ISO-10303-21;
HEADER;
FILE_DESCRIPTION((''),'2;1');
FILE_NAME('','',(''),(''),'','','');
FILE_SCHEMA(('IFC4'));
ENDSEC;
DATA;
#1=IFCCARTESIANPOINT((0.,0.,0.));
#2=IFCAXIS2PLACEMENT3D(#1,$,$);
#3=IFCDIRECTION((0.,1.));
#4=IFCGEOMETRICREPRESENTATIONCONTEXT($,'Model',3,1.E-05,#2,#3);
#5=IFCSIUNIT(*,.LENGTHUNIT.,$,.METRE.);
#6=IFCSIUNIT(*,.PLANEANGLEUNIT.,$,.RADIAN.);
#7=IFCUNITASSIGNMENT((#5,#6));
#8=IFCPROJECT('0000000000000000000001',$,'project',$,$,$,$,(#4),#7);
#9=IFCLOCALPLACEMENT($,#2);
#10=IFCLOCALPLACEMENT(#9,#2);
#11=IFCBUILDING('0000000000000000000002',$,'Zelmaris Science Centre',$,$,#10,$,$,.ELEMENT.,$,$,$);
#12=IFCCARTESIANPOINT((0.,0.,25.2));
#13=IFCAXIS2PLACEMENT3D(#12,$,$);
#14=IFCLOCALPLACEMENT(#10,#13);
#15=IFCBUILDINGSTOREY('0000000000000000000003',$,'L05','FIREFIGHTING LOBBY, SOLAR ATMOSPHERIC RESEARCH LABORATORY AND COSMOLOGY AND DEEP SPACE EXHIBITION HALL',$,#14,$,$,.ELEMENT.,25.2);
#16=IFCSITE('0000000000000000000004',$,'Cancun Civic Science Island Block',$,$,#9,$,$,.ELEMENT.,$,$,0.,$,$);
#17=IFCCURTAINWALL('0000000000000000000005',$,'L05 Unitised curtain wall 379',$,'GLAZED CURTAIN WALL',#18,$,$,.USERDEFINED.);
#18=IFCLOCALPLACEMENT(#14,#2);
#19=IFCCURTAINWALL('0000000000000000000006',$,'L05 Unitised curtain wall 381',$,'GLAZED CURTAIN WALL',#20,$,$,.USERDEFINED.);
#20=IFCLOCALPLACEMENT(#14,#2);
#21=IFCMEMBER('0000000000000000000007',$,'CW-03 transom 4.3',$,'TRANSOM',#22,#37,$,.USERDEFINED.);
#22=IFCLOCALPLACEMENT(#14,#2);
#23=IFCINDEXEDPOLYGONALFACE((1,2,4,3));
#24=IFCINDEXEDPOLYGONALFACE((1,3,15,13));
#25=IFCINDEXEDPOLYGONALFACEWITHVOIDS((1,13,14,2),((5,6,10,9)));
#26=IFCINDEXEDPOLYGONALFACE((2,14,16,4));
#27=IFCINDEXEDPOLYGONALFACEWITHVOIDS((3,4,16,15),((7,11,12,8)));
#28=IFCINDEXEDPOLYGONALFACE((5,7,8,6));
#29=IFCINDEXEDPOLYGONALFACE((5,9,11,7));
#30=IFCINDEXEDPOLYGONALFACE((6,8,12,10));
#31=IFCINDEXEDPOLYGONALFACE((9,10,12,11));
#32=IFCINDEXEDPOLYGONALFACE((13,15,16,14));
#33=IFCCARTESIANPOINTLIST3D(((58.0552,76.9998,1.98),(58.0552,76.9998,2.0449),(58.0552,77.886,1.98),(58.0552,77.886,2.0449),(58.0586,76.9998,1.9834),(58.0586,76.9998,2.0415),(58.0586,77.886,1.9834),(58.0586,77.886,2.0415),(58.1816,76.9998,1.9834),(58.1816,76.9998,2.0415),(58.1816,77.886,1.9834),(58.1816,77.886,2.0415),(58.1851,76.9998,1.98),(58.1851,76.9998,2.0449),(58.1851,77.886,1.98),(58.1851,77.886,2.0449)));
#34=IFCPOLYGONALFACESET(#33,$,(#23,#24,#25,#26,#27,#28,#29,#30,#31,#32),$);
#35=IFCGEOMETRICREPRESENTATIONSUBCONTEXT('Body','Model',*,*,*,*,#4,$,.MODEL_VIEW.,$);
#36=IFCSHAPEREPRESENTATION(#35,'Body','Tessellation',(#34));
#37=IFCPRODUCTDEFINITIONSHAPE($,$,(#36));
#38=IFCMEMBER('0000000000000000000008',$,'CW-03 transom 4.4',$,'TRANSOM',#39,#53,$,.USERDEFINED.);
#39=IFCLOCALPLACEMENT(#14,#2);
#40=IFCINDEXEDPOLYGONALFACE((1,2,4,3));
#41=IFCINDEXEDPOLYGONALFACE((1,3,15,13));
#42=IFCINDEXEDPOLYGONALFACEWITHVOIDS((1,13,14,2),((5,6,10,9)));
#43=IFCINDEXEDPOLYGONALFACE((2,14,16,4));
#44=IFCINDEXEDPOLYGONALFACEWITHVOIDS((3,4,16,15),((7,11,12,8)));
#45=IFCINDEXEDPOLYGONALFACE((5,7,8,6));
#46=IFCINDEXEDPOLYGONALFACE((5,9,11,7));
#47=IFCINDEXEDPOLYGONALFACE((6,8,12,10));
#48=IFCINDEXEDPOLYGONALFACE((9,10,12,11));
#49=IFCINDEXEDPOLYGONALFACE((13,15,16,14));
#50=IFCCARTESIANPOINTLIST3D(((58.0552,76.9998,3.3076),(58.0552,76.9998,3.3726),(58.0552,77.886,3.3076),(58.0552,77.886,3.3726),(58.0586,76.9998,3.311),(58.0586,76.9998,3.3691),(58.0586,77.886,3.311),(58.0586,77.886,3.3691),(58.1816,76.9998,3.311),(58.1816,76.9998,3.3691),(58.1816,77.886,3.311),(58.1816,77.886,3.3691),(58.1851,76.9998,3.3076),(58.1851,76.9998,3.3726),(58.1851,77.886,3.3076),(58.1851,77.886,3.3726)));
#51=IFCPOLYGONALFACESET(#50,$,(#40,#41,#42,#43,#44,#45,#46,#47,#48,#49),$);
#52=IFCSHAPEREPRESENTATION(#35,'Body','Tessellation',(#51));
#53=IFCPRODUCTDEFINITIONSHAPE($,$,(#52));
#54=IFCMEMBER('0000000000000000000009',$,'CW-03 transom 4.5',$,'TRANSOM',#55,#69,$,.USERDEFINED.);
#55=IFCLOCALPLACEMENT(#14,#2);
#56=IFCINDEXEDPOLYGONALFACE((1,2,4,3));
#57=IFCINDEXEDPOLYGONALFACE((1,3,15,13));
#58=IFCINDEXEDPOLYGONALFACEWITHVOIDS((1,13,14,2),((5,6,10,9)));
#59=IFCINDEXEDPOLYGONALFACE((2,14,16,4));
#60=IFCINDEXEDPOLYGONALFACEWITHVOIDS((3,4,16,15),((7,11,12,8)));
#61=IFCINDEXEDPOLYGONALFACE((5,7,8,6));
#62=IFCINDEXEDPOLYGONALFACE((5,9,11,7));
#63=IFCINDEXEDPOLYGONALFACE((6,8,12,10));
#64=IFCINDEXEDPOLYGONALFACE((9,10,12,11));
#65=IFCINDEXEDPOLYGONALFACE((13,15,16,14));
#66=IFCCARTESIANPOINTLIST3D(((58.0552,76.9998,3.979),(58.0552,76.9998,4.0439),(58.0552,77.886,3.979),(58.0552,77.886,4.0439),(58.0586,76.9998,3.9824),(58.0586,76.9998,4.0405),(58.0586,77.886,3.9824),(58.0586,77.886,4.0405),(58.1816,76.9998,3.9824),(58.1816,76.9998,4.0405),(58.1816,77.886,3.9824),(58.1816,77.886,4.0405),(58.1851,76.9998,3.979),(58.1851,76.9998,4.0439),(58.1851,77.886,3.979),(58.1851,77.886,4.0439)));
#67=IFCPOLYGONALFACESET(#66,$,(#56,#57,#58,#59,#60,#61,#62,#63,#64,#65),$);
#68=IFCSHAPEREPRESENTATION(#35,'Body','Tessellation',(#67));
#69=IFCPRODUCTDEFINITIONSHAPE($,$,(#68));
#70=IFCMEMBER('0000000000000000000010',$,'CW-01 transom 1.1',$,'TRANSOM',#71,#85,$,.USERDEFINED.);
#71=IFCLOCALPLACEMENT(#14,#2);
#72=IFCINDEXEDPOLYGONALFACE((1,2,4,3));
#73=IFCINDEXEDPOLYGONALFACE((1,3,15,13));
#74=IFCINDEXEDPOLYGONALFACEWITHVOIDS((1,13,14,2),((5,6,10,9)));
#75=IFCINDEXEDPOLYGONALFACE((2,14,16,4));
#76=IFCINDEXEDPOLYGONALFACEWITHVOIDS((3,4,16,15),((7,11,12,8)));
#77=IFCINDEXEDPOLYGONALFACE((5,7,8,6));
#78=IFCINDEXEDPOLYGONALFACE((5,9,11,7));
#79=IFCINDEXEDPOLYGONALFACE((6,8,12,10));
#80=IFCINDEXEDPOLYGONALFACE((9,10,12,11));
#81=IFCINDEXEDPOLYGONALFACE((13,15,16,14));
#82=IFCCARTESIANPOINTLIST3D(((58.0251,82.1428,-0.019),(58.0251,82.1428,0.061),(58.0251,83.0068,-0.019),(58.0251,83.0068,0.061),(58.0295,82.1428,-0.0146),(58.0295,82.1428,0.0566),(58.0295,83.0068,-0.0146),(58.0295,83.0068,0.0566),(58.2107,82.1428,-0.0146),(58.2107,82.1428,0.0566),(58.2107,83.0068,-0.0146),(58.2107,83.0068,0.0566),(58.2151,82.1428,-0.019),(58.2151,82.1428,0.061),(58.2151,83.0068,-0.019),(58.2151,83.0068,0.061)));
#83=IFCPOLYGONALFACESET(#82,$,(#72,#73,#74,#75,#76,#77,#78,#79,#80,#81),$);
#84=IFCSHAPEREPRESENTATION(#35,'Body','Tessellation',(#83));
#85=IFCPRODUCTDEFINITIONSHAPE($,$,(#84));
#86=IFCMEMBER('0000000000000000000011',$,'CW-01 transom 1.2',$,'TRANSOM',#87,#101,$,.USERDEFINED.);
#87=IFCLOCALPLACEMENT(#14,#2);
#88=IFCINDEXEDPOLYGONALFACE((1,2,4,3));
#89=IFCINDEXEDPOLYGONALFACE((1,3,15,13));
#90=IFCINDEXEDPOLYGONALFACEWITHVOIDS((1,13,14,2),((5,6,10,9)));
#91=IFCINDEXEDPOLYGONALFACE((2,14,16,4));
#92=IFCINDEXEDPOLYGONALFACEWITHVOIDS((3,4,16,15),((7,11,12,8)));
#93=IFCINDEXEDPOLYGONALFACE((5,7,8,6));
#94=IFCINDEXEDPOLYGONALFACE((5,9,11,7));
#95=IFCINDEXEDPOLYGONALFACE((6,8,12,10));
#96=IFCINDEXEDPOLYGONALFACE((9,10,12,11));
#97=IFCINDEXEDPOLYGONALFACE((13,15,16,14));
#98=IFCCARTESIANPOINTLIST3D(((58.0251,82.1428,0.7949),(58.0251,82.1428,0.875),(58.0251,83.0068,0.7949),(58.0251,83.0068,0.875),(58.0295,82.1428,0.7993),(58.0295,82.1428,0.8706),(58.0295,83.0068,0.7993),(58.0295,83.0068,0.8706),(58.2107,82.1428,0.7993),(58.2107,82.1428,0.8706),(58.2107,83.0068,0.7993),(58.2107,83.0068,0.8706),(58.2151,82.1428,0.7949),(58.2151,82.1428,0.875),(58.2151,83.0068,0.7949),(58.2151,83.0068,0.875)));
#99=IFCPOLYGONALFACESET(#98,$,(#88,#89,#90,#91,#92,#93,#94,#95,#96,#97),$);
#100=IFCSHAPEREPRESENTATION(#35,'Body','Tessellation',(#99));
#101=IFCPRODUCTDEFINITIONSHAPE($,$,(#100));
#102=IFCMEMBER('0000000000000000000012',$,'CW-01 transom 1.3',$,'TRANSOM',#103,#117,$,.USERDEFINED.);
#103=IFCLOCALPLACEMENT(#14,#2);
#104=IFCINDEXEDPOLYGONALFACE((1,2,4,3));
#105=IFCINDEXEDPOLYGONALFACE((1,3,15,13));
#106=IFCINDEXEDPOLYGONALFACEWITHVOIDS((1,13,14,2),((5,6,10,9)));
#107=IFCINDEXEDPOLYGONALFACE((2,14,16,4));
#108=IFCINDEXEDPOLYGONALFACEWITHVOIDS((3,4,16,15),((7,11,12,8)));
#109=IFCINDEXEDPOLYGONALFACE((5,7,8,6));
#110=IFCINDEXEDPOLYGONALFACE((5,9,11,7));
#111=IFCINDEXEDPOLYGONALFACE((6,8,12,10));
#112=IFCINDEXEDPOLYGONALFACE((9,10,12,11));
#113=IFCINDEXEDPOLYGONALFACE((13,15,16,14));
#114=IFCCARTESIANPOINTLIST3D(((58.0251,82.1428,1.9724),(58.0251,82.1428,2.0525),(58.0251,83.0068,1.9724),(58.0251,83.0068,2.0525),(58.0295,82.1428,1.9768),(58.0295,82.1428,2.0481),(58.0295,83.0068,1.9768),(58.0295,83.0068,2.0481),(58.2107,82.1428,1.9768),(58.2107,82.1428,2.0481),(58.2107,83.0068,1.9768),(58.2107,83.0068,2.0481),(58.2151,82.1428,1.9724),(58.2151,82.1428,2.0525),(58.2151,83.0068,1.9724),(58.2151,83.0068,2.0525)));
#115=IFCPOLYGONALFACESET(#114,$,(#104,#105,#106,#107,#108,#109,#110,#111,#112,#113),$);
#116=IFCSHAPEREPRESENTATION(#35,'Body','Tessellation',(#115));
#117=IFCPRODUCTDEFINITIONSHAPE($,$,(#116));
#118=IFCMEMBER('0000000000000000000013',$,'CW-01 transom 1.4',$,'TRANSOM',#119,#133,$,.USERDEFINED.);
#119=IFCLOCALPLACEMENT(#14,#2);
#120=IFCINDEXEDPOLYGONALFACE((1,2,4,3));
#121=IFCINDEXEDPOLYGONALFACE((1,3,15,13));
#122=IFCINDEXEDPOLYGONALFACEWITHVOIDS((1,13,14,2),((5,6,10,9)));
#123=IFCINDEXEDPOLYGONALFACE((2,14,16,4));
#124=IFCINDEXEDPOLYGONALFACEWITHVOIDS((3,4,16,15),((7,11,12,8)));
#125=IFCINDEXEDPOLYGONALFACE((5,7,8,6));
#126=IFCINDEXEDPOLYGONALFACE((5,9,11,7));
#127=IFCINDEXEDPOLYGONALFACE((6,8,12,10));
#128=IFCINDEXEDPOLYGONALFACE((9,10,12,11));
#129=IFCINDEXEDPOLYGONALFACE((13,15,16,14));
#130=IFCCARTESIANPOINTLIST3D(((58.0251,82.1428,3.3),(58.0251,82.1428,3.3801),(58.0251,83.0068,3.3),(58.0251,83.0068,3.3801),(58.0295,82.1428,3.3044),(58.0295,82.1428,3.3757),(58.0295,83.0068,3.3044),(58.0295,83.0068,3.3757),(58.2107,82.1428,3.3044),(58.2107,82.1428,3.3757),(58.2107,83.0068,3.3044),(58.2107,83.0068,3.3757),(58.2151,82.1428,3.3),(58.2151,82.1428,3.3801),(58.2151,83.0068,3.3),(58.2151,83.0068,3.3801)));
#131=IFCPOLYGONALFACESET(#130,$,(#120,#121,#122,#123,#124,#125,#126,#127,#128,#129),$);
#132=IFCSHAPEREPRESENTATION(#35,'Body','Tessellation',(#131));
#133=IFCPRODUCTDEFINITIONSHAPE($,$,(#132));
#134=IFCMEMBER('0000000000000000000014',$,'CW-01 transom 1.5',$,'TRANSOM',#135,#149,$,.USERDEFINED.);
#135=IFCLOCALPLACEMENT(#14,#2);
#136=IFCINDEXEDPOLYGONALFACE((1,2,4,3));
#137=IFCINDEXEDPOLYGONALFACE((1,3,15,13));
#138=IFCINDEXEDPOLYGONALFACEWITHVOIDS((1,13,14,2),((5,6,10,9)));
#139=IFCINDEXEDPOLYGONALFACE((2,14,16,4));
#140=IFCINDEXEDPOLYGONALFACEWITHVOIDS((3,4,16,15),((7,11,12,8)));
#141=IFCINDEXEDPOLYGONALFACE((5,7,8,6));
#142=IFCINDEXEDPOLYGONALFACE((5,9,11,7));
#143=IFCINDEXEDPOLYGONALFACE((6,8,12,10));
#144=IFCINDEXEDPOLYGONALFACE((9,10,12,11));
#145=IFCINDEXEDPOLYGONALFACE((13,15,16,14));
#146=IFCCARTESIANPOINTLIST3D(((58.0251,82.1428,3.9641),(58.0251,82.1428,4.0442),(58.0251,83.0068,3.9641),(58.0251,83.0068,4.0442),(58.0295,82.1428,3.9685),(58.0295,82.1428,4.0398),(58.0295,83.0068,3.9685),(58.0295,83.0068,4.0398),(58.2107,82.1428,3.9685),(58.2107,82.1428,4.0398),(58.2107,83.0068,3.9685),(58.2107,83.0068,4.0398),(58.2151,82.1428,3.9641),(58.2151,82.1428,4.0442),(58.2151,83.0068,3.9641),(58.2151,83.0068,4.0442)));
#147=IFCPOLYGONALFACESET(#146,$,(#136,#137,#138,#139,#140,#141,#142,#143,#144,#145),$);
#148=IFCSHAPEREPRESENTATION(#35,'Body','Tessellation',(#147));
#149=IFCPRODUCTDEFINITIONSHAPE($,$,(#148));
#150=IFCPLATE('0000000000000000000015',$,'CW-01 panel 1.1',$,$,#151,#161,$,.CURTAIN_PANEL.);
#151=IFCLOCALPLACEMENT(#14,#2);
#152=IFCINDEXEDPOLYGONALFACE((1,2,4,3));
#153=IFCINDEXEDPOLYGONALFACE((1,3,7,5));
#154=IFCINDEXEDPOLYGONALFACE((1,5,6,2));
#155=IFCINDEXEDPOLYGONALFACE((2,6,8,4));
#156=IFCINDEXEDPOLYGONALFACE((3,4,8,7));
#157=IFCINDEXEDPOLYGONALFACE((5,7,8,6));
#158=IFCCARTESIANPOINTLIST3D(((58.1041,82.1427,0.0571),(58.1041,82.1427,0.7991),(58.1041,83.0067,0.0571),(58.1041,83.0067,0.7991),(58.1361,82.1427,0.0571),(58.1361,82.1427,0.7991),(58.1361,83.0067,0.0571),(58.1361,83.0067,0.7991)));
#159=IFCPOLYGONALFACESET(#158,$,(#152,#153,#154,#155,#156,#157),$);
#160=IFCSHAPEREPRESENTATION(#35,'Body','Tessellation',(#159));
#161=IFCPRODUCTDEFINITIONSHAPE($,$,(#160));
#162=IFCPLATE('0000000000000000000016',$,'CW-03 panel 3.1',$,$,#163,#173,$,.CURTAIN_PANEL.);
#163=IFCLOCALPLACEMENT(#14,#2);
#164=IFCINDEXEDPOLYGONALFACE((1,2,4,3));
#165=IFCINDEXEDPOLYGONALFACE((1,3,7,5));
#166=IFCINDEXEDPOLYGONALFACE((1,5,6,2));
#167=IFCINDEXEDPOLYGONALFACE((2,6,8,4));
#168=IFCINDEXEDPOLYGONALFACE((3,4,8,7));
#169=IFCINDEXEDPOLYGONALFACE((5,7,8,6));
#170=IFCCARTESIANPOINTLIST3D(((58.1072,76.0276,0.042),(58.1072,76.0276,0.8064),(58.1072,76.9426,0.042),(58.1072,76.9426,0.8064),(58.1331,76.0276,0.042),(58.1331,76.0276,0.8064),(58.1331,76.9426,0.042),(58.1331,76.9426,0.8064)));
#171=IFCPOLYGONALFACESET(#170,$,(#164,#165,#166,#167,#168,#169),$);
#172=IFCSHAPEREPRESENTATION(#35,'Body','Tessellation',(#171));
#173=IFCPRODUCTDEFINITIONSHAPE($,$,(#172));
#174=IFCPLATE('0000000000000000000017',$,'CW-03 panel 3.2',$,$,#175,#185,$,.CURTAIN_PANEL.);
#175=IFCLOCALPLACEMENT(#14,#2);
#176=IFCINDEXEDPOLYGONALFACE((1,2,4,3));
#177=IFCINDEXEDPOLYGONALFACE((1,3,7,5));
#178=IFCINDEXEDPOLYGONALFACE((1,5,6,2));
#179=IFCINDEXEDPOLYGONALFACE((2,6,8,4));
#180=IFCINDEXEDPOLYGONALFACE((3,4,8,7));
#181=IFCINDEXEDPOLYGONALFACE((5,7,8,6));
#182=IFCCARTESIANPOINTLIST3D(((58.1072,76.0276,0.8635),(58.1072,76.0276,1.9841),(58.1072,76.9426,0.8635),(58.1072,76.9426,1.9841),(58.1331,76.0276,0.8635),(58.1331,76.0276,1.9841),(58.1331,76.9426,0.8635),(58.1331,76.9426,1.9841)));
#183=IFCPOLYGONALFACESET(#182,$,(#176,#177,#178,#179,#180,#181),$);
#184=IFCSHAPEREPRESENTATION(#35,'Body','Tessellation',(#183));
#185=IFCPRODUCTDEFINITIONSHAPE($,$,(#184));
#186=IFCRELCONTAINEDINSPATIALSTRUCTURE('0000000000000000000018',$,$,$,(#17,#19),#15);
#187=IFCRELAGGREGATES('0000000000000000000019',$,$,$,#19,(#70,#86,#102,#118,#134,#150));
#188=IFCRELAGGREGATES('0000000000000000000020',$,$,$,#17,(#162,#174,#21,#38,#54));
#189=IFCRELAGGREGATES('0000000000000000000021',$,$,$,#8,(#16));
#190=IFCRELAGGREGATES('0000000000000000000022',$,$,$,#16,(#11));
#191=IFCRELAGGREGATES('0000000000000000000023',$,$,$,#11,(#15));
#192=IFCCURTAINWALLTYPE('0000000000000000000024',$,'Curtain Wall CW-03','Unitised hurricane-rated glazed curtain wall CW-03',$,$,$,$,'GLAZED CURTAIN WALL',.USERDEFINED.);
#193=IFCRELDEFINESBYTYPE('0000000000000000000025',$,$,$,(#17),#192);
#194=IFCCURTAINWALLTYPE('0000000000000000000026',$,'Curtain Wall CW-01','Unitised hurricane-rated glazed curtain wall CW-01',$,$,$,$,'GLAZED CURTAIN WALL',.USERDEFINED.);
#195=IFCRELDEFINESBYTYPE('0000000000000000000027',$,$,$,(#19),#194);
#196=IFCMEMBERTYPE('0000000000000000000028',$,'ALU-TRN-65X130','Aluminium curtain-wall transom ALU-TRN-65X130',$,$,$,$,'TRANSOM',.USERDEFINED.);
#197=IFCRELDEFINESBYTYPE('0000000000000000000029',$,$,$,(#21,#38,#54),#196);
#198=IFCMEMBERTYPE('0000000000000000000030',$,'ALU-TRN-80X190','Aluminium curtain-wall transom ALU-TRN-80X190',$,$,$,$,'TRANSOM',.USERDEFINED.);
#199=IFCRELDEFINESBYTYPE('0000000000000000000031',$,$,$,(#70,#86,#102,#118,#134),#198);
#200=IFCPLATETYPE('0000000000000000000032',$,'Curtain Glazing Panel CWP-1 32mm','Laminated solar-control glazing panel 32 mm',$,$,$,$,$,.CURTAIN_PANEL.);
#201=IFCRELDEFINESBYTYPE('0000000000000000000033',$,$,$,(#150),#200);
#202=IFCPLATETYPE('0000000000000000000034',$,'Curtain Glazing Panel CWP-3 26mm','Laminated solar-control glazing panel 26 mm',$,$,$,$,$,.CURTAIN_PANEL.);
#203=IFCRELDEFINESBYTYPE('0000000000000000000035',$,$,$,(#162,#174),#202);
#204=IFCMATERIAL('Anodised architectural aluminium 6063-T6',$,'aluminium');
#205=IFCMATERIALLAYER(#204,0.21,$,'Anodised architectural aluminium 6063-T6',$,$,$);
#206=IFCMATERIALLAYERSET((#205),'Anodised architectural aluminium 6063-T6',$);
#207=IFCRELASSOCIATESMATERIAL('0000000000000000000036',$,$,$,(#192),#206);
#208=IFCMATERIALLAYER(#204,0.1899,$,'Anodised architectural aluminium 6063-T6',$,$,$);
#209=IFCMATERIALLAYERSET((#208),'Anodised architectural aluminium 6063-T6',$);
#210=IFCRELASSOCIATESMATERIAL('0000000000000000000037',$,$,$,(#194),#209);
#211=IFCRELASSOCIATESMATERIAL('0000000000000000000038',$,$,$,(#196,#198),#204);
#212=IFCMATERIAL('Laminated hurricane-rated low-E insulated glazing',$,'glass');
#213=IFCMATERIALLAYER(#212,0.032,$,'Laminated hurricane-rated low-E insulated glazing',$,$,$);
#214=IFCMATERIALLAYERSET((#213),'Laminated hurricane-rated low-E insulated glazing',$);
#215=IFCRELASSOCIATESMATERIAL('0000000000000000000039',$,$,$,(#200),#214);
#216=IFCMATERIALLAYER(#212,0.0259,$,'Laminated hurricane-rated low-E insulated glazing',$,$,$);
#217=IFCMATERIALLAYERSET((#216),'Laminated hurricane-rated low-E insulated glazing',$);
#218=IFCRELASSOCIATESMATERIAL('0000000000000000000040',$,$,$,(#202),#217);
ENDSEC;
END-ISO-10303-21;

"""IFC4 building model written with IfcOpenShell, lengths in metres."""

from ifc_helpers import new_model, si_unit, direction, frame, origin, origin_2d, place, context, subcontext, project, spatial, rectangle, hollow_rectangle, extrude, material, layer, layer_set, material_profile, profile_set, type_object, element, aggregate, save


model = new_model("IFC4")

# Units and contexts
model_context = context("Model", 3, precision=1e-05, world=origin(), true_north=direction((0.0, 1.0)))
body_context = subcontext(model_context, "Body", "Model", "MODEL_VIEW")
ifc_project = project(units=[si_unit("LENGTHUNIT", "METRE"), si_unit("PLANEANGLEUNIT", "RADIAN")], contexts=[model_context])

# Site, building, storey
site_placement = place(None, origin())
site = spatial("IfcSite", under=ifc_project, at=site_placement, Name="Cancun Civic Science Island Block", CompositionType="ELEMENT", RefElevation=0.0)
building_placement = place(site_placement, origin())
building = spatial("IfcBuilding", under=site, at=building_placement, Name="Zelmaris Science Centre", CompositionType="ELEMENT")
storey_placement = place(building_placement, frame((0.0, 0.0, 25.2)))
storey = spatial("IfcBuildingStorey", under=building, at=storey_placement, Name="L05", Description="FIREFIGHTING LOBBY, SOLAR ATMOSPHERIC RESEARCH LABORATORY AND COSMOLOGY AND DEEP SPACE EXHIBITION HALL", CompositionType="ELEMENT", Elevation=25.2)

# Curtain wall
ifc_material_1 = material(Name="Anodised architectural aluminium 6063-T6", Category="aluminium")
ifc_layer_1 = layer(ifc_material_1, 0.21, Name="Anodised architectural aluminium 6063-T6")
ifc_layer_set_1 = layer_set([ifc_layer_1], Name="Anodised architectural aluminium 6063-T6")
curtain_wall_type_1 = type_object("IfcCurtainWallType", Name="Curtain Wall CW-03", Description="Unitised hurricane-rated glazed curtain wall CW-03", ElementType="GLAZED CURTAIN WALL", PredefinedType="USERDEFINED", material=ifc_layer_set_1)
curtain_wall_1_placement = place(storey_placement, origin())
curtain_wall_1 = element("IfcCurtainWall", 1, at=curtain_wall_1_placement, inside=storey, type_object=curtain_wall_type_1, Name="L05 Unitised curtain wall 379", ObjectType="GLAZED CURTAIN WALL", PredefinedType="USERDEFINED")

# Curtain wall
ifc_layer_2 = layer(ifc_material_1, 0.1899, Name="Anodised architectural aluminium 6063-T6")
ifc_layer_set_2 = layer_set([ifc_layer_2], Name="Anodised architectural aluminium 6063-T6")
curtain_wall_type_2 = type_object("IfcCurtainWallType", Name="Curtain Wall CW-01", Description="Unitised hurricane-rated glazed curtain wall CW-01", ElementType="GLAZED CURTAIN WALL", PredefinedType="USERDEFINED", material=ifc_layer_set_2)
curtain_wall_2_placement = place(storey_placement, origin())
curtain_wall_2 = element("IfcCurtainWall", 2, at=curtain_wall_2_placement, inside=storey, type_object=curtain_wall_type_2, Name="L05 Unitised curtain wall 381", ObjectType="GLAZED CURTAIN WALL", PredefinedType="USERDEFINED")

# Members
ifc_material_profile_1 = material_profile(ifc_material_1, hollow_rectangle(XDim=0.0649, YDim=0.1299, WallThickness=0.0034, at=origin_2d()), Name="ALU-TRN-65X130")
ifc_profile_set_1 = profile_set([ifc_material_profile_1], Name="Anodised architectural aluminium 6063-T6")
member_type_1 = type_object("IfcMemberType", Name="ALU-TRN-65X130", Description="Aluminium curtain-wall transom ALU-TRN-65X130", ElementType="TRANSOM", PredefinedType="USERDEFINED", material=ifc_profile_set_1)
member_1_placement = place(storey_placement, frame((58.1201, 76.9998, 2.0125), z_axis=(0.0, 1.0, 0.0), x_axis=(0.0, 0.0, 1.0)))
member_1 = element("IfcMember", 3, at=member_1_placement, type_object=member_type_1, Name="CW-03 transom 4.3", ObjectType="TRANSOM", PredefinedType="USERDEFINED", context=body_context, shape_type="SweptSolid", body=[
    extrude(hollow_rectangle(XDim=0.0649, YDim=0.1299, WallThickness=0.0034, at=origin_2d()), origin(), (0.0, 0.0, 1.0), 0.8862),
])
member_2_placement = place(storey_placement, frame((58.1201, 76.9998, 3.3401), z_axis=(0.0, 1.0, 0.0), x_axis=(0.0, 0.0, 1.0)))
member_2 = element("IfcMember", 4, at=member_2_placement, type_object=member_type_1, Name="CW-03 transom 4.4", ObjectType="TRANSOM", PredefinedType="USERDEFINED", context=body_context, shape_type="SweptSolid", body=[
    extrude(hollow_rectangle(XDim=0.0649, YDim=0.1299, WallThickness=0.0034, at=origin_2d()), origin(), (0.0, 0.0, 1.0), 0.8862),
])
member_3_placement = place(storey_placement, frame((58.1201, 76.9998, 4.0115), z_axis=(0.0, 1.0, 0.0), x_axis=(0.0, 0.0, 1.0)))
member_3 = element("IfcMember", 5, at=member_3_placement, type_object=member_type_1, Name="CW-03 transom 4.5", ObjectType="TRANSOM", PredefinedType="USERDEFINED", context=body_context, shape_type="SweptSolid", body=[
    extrude(hollow_rectangle(XDim=0.0649, YDim=0.1299, WallThickness=0.0034, at=origin_2d()), origin(), (0.0, 0.0, 1.0), 0.8862),
])
ifc_material_profile_2 = material_profile(ifc_material_1, hollow_rectangle(XDim=0.0801, YDim=0.1899, WallThickness=0.0044, at=origin_2d()), Name="ALU-TRN-80X190")
ifc_profile_set_2 = profile_set([ifc_material_profile_2], Name="Anodised architectural aluminium 6063-T6")
member_type_2 = type_object("IfcMemberType", Name="ALU-TRN-80X190", Description="Aluminium curtain-wall transom ALU-TRN-80X190", ElementType="TRANSOM", PredefinedType="USERDEFINED", material=ifc_profile_set_2)
member_4_placement = place(storey_placement, frame((58.1201, 82.1428, 0.021), z_axis=(0.0, 1.0, 0.0), x_axis=(0.0, 0.0, 1.0)))
member_4 = element("IfcMember", 6, at=member_4_placement, type_object=member_type_2, Name="CW-01 transom 1.1", ObjectType="TRANSOM", PredefinedType="USERDEFINED", context=body_context, shape_type="SweptSolid", body=[
    extrude(hollow_rectangle(XDim=0.0801, YDim=0.1899, WallThickness=0.0044, at=origin_2d()), origin(), (0.0, 0.0, 1.0), 0.864),
])
member_5_placement = place(storey_placement, frame((58.1201, 82.1428, 0.835), z_axis=(0.0, 1.0, 0.0), x_axis=(0.0, 0.0, 1.0)))
member_5 = element("IfcMember", 7, at=member_5_placement, type_object=member_type_2, Name="CW-01 transom 1.2", ObjectType="TRANSOM", PredefinedType="USERDEFINED", context=body_context, shape_type="SweptSolid", body=[
    extrude(hollow_rectangle(XDim=0.0801, YDim=0.1899, WallThickness=0.0044, at=origin_2d()), origin(), (0.0, 0.0, 1.0), 0.864),
])
member_6_placement = place(storey_placement, frame((58.1201, 82.1428, 2.0125), z_axis=(0.0, 1.0, 0.0), x_axis=(0.0, 0.0, 1.0)))
member_6 = element("IfcMember", 8, at=member_6_placement, type_object=member_type_2, Name="CW-01 transom 1.3", ObjectType="TRANSOM", PredefinedType="USERDEFINED", context=body_context, shape_type="SweptSolid", body=[
    extrude(hollow_rectangle(XDim=0.0801, YDim=0.1899, WallThickness=0.0044, at=origin_2d()), origin(), (0.0, 0.0, 1.0), 0.864),
])
member_7_placement = place(storey_placement, frame((58.1201, 82.1428, 3.3401), z_axis=(0.0, 1.0, 0.0), x_axis=(0.0, 0.0, 1.0)))
member_7 = element("IfcMember", 9, at=member_7_placement, type_object=member_type_2, Name="CW-01 transom 1.4", ObjectType="TRANSOM", PredefinedType="USERDEFINED", context=body_context, shape_type="SweptSolid", body=[
    extrude(hollow_rectangle(XDim=0.0801, YDim=0.1899, WallThickness=0.0044, at=origin_2d()), origin(), (0.0, 0.0, 1.0), 0.864),
])
member_8_placement = place(storey_placement, frame((58.1201, 82.1428, 4.0042), z_axis=(0.0, 1.0, 0.0), x_axis=(0.0, 0.0, 1.0)))
member_8 = element("IfcMember", 10, at=member_8_placement, type_object=member_type_2, Name="CW-01 transom 1.5", ObjectType="TRANSOM", PredefinedType="USERDEFINED", context=body_context, shape_type="SweptSolid", body=[
    extrude(hollow_rectangle(XDim=0.0801, YDim=0.1899, WallThickness=0.0044, at=origin_2d()), origin(), (0.0, 0.0, 1.0), 0.864),
])

# Plates
ifc_material_2 = material(Name="Laminated hurricane-rated low-E insulated glazing", Category="glass")
ifc_layer_3 = layer(ifc_material_2, 0.032, Name="Laminated hurricane-rated low-E insulated glazing")
ifc_layer_set_3 = layer_set([ifc_layer_3], Name="Laminated hurricane-rated low-E insulated glazing")
plate_type_1 = type_object("IfcPlateType", Name="Curtain Glazing Panel CWP-1 32mm", Description="Laminated solar-control glazing panel 32 mm", PredefinedType="CURTAIN_PANEL", material=ifc_layer_set_3)
plate_1_placement = place(storey_placement, frame((58.1201, 82.5747, 0.0571), z_axis=(0.0, 0.0, 1.0), x_axis=(0.0, 1.0, 0.0)))
plate_1 = element("IfcPlate", 11, at=plate_1_placement, type_object=plate_type_1, Name="CW-01 panel 1.1", PredefinedType="CURTAIN_PANEL", context=body_context, shape_type="SweptSolid", body=[
    extrude(rectangle(XDim=0.864, YDim=0.032, at=origin_2d()), origin(), (0.0, 0.0, 1.0), 0.7419),
])
aggregate(curtain_wall_2, [member_4, member_5, member_6, member_7, member_8, plate_1])
ifc_layer_4 = layer(ifc_material_2, 0.0259, Name="Laminated hurricane-rated low-E insulated glazing")
ifc_layer_set_4 = layer_set([ifc_layer_4], Name="Laminated hurricane-rated low-E insulated glazing")
plate_type_2 = type_object("IfcPlateType", Name="Curtain Glazing Panel CWP-3 26mm", Description="Laminated solar-control glazing panel 26 mm", PredefinedType="CURTAIN_PANEL", material=ifc_layer_set_4)
plate_2_placement = place(storey_placement, frame((58.1201, 76.4851, 0.042), z_axis=(0.0, 0.0, 1.0), x_axis=(0.0, 1.0, 0.0)))
plate_2 = element("IfcPlate", 12, at=plate_2_placement, type_object=plate_type_2, Name="CW-03 panel 3.1", PredefinedType="CURTAIN_PANEL", context=body_context, shape_type="SweptSolid", body=[
    extrude(rectangle(XDim=0.915, YDim=0.0259, at=origin_2d()), origin(), (0.0, 0.0, 1.0), 0.7644),
])
plate_3_placement = place(storey_placement, frame((58.1201, 76.4851, 0.8635), z_axis=(0.0, 0.0, 1.0), x_axis=(0.0, 1.0, 0.0)))
plate_3 = element("IfcPlate", 13, at=plate_3_placement, type_object=plate_type_2, Name="CW-03 panel 3.2", PredefinedType="CURTAIN_PANEL", context=body_context, shape_type="SweptSolid", body=[
    extrude(rectangle(XDim=0.915, YDim=0.0259, at=origin_2d()), origin(), (0.0, 0.0, 1.0), 1.1206),
])
aggregate(curtain_wall_1, [plate_2, plate_3, member_1, member_2, member_3])

save(model, "model.ifc")
